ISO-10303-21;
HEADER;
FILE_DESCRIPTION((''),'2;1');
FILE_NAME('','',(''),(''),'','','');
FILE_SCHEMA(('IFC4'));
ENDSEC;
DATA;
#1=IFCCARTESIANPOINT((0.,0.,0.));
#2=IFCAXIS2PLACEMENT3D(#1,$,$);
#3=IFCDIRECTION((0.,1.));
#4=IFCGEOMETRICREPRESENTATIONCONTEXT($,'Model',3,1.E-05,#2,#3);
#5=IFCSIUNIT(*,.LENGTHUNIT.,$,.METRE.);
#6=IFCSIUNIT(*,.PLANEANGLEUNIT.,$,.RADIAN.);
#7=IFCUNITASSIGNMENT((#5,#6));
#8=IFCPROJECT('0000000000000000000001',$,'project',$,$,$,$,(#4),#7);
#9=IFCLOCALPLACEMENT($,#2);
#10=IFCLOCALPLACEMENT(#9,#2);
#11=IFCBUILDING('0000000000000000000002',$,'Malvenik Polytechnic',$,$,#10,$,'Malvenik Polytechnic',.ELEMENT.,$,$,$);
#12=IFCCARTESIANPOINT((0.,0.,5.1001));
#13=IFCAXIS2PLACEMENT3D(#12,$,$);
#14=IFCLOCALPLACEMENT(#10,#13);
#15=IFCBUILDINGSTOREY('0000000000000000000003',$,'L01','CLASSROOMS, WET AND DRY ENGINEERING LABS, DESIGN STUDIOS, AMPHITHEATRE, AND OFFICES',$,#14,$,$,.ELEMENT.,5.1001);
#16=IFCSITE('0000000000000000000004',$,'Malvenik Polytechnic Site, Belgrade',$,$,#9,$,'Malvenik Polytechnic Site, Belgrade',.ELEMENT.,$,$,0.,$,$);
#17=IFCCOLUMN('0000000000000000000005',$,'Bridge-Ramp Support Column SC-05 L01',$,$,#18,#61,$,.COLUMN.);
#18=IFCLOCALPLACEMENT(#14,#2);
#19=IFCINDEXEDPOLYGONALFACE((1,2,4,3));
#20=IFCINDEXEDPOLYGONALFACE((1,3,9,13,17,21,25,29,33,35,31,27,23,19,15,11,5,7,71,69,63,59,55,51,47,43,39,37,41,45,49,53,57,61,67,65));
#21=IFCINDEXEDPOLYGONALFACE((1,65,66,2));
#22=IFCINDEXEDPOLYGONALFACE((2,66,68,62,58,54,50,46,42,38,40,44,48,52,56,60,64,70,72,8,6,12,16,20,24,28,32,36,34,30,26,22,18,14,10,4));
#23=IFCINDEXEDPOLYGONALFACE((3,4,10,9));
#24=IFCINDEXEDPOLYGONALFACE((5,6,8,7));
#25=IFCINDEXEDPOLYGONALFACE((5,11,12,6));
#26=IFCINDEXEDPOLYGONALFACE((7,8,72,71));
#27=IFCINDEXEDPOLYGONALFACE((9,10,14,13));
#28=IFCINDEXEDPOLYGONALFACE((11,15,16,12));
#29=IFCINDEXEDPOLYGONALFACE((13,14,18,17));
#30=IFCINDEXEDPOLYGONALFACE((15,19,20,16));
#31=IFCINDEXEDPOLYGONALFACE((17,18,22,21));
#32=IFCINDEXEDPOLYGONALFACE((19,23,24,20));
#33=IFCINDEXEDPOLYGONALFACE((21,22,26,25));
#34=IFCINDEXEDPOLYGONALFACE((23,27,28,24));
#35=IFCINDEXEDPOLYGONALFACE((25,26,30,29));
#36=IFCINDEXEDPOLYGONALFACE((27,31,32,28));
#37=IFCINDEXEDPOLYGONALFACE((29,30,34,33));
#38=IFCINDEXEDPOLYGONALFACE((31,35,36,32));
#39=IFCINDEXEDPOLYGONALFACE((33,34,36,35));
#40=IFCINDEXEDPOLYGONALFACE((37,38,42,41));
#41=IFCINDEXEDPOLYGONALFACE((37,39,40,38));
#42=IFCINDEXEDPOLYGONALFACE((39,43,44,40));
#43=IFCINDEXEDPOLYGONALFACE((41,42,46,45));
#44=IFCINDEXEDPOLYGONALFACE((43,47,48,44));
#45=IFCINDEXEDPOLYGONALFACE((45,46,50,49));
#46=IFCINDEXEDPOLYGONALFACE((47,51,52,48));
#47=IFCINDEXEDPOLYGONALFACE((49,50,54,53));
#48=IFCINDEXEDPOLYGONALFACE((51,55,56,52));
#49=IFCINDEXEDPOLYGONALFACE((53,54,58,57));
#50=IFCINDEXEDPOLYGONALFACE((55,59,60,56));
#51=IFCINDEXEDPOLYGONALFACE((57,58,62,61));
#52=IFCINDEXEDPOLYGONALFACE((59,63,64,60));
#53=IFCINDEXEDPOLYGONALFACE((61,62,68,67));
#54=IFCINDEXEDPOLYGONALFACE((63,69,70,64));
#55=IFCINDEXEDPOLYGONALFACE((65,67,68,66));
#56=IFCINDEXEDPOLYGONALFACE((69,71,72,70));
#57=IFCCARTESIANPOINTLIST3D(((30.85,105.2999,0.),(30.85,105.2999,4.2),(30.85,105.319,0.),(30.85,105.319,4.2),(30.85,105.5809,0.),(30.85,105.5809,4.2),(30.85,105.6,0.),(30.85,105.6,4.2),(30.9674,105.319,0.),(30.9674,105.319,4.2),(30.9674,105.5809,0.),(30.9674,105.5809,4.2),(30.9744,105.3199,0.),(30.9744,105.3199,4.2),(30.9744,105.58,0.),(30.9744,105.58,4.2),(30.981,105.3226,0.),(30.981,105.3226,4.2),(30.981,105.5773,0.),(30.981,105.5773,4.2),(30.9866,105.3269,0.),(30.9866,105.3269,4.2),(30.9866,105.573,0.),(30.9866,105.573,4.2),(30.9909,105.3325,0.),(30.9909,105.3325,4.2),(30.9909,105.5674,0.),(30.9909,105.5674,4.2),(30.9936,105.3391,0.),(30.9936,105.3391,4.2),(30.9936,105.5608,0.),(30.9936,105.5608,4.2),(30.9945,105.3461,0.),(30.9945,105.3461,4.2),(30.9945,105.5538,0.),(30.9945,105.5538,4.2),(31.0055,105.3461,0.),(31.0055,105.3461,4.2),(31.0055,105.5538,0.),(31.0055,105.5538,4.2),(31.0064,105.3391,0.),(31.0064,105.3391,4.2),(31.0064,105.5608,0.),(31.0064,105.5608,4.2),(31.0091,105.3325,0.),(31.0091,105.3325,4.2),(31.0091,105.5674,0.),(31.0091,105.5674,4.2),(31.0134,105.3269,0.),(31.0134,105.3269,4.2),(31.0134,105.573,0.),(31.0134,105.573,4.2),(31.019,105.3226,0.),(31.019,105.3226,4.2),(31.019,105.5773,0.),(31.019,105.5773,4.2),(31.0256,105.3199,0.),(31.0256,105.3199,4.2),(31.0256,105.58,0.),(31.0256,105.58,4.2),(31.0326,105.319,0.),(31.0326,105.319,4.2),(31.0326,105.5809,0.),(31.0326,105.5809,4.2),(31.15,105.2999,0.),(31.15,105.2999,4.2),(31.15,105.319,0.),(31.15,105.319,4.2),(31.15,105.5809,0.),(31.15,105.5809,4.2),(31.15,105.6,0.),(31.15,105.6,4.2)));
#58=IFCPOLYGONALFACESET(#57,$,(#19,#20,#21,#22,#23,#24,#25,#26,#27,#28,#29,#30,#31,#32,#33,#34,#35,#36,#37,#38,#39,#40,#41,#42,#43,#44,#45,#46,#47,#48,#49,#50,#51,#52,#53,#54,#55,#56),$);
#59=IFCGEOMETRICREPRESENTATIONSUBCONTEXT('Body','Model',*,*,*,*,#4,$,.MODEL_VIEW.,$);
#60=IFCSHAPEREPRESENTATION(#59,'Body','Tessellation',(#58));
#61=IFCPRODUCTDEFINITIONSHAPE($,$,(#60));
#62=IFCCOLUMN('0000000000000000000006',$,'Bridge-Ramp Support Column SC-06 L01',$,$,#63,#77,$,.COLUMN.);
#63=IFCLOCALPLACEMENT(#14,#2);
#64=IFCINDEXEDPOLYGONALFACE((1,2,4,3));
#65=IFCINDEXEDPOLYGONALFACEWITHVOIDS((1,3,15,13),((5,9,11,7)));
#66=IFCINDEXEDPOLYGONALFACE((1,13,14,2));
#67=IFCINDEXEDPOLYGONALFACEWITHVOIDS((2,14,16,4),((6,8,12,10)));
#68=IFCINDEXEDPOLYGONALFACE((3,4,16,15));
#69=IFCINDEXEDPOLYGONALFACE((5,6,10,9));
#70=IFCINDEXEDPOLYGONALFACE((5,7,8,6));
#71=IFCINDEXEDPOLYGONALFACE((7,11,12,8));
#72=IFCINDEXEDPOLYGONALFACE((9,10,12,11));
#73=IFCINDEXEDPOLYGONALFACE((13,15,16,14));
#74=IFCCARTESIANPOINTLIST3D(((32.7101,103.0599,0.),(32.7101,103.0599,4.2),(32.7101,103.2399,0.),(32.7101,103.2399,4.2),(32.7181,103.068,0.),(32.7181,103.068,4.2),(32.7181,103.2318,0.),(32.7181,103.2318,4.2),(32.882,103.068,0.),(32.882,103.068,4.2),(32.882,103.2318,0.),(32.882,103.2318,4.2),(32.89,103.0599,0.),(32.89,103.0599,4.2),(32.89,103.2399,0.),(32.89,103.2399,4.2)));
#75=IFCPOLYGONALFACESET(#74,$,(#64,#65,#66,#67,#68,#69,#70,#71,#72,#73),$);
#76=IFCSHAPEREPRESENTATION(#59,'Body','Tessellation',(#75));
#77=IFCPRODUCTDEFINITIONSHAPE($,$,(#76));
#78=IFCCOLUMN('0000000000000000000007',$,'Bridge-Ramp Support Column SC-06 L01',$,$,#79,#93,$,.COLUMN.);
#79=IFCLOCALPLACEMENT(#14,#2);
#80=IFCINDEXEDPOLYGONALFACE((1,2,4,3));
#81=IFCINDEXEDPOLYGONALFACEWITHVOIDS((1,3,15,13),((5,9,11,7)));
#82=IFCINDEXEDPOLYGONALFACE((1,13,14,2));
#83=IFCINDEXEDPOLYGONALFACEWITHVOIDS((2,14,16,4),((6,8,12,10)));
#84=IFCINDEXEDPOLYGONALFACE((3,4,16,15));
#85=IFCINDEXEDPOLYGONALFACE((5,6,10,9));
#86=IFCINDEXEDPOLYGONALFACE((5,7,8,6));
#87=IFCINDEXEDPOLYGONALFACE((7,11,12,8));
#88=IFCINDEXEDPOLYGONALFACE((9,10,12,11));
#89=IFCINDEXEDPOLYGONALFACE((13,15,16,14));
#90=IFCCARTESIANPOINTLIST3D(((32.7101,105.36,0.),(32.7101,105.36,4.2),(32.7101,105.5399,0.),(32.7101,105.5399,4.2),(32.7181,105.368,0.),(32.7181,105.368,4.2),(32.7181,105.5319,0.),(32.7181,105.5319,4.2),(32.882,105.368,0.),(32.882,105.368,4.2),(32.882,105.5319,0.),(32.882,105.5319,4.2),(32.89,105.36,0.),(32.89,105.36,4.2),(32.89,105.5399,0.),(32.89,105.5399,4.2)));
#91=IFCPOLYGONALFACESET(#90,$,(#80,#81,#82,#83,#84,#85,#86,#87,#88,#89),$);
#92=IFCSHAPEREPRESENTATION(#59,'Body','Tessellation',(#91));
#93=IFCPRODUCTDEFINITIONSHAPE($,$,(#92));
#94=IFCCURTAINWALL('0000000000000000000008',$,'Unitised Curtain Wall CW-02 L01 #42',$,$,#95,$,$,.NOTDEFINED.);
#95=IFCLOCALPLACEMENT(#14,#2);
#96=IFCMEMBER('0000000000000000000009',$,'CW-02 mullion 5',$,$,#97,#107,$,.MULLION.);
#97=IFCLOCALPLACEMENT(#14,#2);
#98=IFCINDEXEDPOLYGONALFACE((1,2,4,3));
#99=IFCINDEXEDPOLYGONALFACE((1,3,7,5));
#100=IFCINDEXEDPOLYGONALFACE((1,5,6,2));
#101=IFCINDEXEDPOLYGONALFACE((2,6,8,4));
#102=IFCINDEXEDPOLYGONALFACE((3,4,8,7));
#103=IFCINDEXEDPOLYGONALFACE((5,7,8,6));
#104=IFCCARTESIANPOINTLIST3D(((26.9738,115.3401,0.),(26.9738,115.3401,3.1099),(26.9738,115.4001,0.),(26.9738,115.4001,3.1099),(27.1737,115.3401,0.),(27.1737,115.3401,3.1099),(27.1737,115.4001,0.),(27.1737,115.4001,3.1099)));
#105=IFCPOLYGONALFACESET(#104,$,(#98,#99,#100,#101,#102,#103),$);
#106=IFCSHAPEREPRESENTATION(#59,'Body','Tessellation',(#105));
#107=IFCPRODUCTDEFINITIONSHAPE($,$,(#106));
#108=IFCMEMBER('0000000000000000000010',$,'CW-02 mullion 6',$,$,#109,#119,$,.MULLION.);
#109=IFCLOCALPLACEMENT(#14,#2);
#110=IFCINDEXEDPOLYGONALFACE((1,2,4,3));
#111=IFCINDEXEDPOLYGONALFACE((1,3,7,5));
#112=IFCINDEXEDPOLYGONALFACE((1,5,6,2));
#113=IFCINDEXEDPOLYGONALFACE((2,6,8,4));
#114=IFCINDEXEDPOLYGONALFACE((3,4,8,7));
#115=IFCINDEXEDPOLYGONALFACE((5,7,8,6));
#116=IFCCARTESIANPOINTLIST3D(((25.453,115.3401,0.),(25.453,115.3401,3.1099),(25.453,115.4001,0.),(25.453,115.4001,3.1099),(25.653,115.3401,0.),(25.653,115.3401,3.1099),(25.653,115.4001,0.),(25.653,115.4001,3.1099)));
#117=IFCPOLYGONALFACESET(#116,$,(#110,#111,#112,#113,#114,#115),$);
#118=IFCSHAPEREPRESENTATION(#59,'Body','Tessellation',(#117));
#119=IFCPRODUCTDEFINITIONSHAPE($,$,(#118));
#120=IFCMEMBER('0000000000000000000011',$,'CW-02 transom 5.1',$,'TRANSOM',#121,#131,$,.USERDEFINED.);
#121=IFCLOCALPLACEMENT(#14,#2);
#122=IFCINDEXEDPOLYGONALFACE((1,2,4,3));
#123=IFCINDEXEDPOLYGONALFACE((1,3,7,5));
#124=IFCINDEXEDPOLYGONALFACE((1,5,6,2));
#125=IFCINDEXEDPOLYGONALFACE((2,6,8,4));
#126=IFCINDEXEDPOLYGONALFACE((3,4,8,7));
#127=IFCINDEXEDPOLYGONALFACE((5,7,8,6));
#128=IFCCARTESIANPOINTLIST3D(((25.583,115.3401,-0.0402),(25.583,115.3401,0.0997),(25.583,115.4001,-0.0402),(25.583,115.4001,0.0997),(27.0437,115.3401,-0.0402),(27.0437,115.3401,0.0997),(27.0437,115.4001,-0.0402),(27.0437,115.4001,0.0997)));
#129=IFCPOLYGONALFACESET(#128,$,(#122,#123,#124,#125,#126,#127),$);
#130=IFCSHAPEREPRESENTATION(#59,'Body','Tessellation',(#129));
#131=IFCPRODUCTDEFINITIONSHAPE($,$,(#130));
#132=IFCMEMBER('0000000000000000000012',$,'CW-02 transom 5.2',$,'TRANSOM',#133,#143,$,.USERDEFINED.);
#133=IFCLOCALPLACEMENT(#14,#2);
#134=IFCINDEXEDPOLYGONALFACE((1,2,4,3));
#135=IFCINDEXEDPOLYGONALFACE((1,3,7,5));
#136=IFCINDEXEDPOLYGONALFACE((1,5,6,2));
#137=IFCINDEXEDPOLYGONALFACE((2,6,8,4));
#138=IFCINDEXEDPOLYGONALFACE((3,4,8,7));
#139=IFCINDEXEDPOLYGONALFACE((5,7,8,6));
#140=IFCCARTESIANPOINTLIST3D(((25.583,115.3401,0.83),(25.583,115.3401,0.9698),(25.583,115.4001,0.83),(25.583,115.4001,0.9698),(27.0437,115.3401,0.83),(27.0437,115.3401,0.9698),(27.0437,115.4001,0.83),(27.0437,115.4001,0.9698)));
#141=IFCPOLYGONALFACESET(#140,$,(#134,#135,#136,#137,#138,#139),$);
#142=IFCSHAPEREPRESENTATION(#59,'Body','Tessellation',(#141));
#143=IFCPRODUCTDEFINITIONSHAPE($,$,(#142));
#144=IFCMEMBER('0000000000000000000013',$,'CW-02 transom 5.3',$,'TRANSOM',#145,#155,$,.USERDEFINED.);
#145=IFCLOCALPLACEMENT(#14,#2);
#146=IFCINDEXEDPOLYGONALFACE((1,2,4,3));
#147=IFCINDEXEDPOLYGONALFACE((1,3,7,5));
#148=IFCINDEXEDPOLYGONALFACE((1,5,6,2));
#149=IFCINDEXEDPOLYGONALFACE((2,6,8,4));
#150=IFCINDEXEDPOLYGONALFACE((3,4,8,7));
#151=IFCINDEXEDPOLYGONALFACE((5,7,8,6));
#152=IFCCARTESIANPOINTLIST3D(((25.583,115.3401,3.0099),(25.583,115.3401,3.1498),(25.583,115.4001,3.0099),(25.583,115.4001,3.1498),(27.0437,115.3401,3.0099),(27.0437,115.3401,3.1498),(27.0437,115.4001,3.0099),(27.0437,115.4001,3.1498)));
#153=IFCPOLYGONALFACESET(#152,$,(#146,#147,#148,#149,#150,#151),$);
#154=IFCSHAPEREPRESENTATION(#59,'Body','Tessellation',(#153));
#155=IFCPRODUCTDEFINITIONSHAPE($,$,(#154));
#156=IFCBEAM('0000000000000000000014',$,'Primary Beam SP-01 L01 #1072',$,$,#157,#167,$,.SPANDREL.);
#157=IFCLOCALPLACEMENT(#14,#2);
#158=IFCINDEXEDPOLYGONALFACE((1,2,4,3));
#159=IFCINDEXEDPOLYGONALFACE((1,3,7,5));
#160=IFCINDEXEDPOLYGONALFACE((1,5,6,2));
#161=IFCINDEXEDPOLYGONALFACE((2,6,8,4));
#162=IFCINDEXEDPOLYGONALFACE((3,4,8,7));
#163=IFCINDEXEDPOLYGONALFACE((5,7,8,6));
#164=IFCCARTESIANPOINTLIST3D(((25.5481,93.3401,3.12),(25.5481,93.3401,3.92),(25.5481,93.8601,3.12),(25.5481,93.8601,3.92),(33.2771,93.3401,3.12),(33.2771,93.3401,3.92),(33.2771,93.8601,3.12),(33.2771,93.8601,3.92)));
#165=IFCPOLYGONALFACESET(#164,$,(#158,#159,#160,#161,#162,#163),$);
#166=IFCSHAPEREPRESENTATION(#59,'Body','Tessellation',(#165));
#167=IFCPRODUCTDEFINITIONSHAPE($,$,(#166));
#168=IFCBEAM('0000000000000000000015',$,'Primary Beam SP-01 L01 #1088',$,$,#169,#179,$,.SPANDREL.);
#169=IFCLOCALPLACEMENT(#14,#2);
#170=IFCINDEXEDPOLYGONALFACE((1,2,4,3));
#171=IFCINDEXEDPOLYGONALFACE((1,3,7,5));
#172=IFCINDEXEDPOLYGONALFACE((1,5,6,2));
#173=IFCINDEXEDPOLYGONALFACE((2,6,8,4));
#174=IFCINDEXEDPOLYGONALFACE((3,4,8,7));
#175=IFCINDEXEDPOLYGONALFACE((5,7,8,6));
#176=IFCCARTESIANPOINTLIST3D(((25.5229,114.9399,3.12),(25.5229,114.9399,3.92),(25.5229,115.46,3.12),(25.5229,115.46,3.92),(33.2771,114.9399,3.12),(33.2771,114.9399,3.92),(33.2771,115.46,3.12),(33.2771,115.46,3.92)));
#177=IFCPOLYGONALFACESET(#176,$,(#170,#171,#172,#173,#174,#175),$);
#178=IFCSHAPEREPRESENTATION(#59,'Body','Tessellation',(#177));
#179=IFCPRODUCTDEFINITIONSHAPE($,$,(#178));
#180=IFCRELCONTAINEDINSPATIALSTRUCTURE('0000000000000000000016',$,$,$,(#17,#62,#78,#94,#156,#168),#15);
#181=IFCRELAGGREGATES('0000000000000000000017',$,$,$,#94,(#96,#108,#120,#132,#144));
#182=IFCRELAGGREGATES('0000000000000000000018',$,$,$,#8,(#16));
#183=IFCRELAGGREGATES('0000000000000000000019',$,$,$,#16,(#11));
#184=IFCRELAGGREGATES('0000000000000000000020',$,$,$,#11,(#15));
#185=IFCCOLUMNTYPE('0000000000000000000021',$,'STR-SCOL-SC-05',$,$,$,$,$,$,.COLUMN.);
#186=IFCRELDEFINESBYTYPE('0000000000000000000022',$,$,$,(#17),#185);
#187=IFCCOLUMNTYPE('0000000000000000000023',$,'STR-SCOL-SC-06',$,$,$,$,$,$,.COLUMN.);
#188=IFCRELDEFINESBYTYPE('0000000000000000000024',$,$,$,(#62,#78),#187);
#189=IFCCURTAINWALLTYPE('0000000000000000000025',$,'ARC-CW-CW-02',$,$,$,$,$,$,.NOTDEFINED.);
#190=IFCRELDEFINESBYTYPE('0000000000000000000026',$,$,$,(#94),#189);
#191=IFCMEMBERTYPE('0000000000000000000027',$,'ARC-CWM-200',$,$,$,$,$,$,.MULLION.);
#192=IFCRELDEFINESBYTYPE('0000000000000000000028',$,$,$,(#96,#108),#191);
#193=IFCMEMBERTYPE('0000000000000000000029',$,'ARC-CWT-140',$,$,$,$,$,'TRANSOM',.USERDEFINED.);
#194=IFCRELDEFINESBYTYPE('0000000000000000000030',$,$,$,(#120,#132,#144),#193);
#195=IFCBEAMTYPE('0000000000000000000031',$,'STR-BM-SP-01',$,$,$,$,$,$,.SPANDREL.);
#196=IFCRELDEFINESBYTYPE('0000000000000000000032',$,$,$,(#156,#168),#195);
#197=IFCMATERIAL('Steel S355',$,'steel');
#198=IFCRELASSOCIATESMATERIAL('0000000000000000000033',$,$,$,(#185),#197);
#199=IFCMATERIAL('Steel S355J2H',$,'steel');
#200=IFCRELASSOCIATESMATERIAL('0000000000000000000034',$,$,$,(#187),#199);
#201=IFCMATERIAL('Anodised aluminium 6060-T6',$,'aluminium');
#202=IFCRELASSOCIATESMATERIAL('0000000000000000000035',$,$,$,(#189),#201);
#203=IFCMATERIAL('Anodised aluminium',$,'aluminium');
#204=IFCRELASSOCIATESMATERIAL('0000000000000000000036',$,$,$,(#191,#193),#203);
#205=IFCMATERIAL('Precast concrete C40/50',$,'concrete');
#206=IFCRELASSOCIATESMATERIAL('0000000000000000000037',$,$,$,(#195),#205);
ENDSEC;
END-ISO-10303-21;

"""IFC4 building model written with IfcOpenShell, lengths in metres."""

from ifc_helpers import new_model, si_unit, direction, frame, origin, origin_2d, place, context, subcontext, project, spatial, rectangle, hollow_rectangle, i_section, extrude, material, material_profile, profile_set, type_object, element, aggregate, save


model = new_model("IFC4")

# Units and contexts
model_context = context("Model", 3, precision=1e-05, world=origin(), true_north=direction((0.0, 1.0)))
body_context = subcontext(model_context, "Body", "Model", "MODEL_VIEW")
ifc_project = project(units=[si_unit("LENGTHUNIT", "METRE"), si_unit("PLANEANGLEUNIT", "RADIAN")], contexts=[model_context])

# Site, building, storey
site_placement = place(None, origin())
site = spatial("IfcSite", under=ifc_project, at=site_placement, Name="Malvenik Polytechnic Site, Belgrade", LongName="Malvenik Polytechnic Site, Belgrade", CompositionType="ELEMENT", RefElevation=0.0)
building_placement = place(site_placement, origin())
building = spatial("IfcBuilding", under=site, at=building_placement, Name="Malvenik Polytechnic", LongName="Malvenik Polytechnic", CompositionType="ELEMENT")
storey_placement = place(building_placement, frame((0.0, 0.0, 5.1001)))
storey = spatial("IfcBuildingStorey", under=building, at=storey_placement, Name="L01", Description="CLASSROOMS, WET AND DRY ENGINEERING LABS, DESIGN STUDIOS, AMPHITHEATRE, AND OFFICES", CompositionType="ELEMENT", Elevation=5.1001)

# Columns
ifc_material_1 = material(Name="Steel S355J2H", Category="steel")
ifc_material_2 = material(Name="Steel S355", Category="steel")
ifc_material_profile_1 = material_profile(ifc_material_2, i_section(OverallWidth=0.3, OverallDepth=0.3, WebThickness=0.011, FlangeThickness=0.019, FilletRadius=0.0271, at=origin_2d()), Name="HEB 300")
ifc_profile_set_1 = profile_set([ifc_material_profile_1], Name="Steel S355")
column_type_1 = type_object("IfcColumnType", Name="STR-SCOL-SC-05", PredefinedType="COLUMN", material=ifc_profile_set_1)
for number, where, z_axis, x_axis, name in (
    (1, (31.0, 105.45, 0.0), (0.0, 0.0, 1.0), (1.0, 0.0, 0.0), "Bridge-Ramp Support Column SC-05 L01"),
):
    element("IfcColumn", number, at=place(storey_placement, frame(where, z_axis=z_axis, x_axis=x_axis)), inside=storey, type_object=column_type_1, Name=name, PredefinedType="COLUMN", context=body_context, shape_type="SweptSolid", body=[
        extrude(i_section(OverallWidth=0.3, OverallDepth=0.3, WebThickness=0.011, FlangeThickness=0.019, FilletRadius=0.0271, at=origin_2d()), origin(), (0.0, 0.0, 1.0), 4.2),
    ])
ifc_material_profile_2 = material_profile(ifc_material_1, hollow_rectangle(XDim=0.1799, YDim=0.1799, WallThickness=0.0081, at=origin_2d()), Name="SHS 180x180x8.0")
ifc_profile_set_2 = profile_set([ifc_material_profile_2], Name="Steel S355J2H")
column_type_2 = type_object("IfcColumnType", Name="STR-SCOL-SC-06", PredefinedType="COLUMN", material=ifc_profile_set_2)
for number, where, z_axis, x_axis, name in (
    (2, (32.8, 103.1499, 0.0), (0.0, 0.0, 1.0), (1.0, 0.0, 0.0), "Bridge-Ramp Support Column SC-06 L01"),
    (3, (32.8, 105.45, 0.0), (0.0, 0.0, 1.0), (1.0, 0.0, 0.0), "Bridge-Ramp Support Column SC-06 L01"),
):
    element("IfcColumn", number, at=place(storey_placement, frame(where, z_axis=z_axis, x_axis=x_axis)), inside=storey, type_object=column_type_2, Name=name, PredefinedType="COLUMN", context=body_context, shape_type="SweptSolid", body=[
        extrude(hollow_rectangle(XDim=0.1799, YDim=0.1799, WallThickness=0.0081, at=origin_2d()), origin(), (0.0, 0.0, 1.0), 4.2),
    ])

# Curtain wall, members
ifc_material_3 = material(Name="Anodised aluminium 6060-T6", Category="aluminium")
curtain_wall_type = type_object("IfcCurtainWallType", Name="ARC-CW-CW-02", PredefinedType="NOTDEFINED", material=ifc_material_3)
curtain_wall_placement = place(storey_placement, origin())
curtain_wall = element("IfcCurtainWall", 4, at=curtain_wall_placement, inside=storey, type_object=curtain_wall_type, Name="Unitised Curtain Wall CW-02 L01 #42", PredefinedType="NOTDEFINED")
ifc_material_4 = material(Name="Anodised aluminium", Category="aluminium")
ifc_material_profile_3 = material_profile(ifc_material_4, rectangle(XDim=0.0601, YDim=0.2, at=origin_2d()), Name="ALU MULLION 60x200")
ifc_profile_set_3 = profile_set([ifc_material_profile_3], Name="Anodised aluminium")
member_type_1 = type_object("IfcMemberType", Name="ARC-CWM-200", PredefinedType="MULLION", material=ifc_profile_set_3)
member_1_placement = place(storey_placement, frame((27.0737, 115.3701, 0.0), z_axis=(0.0, 0.0, 1.0), x_axis=(0.0, -1.0, 0.0)))
member_1 = element("IfcMember", 5, at=member_1_placement, type_object=member_type_1, Name="CW-02 mullion 5", PredefinedType="MULLION", context=body_context, shape_type="SweptSolid", body=[
    extrude(rectangle(XDim=0.0601, YDim=0.2, at=origin_2d()), origin(), (0.0, 0.0, 1.0), 3.1099),
])
member_2_placement = place(storey_placement, frame((25.553, 115.3701, 0.0), z_axis=(0.0, 0.0, 1.0), x_axis=(0.0, -1.0, 0.0)))
member_2 = element("IfcMember", 6, at=member_2_placement, type_object=member_type_1, Name="CW-02 mullion 6", PredefinedType="MULLION", context=body_context, shape_type="SweptSolid", body=[
    extrude(rectangle(XDim=0.0601, YDim=0.2, at=origin_2d()), origin(), (0.0, 0.0, 1.0), 3.1099),
])
ifc_material_profile_4 = material_profile(ifc_material_4, rectangle(XDim=0.0601, YDim=0.1399, at=origin_2d()), Name="ALU TRANSOM 60x140")
ifc_profile_set_4 = profile_set([ifc_material_profile_4], Name="Anodised aluminium")
member_type_2 = type_object("IfcMemberType", Name="ARC-CWT-140", ElementType="TRANSOM", PredefinedType="USERDEFINED", material=ifc_profile_set_4)
member_3_placement = place(storey_placement, frame((27.0437, 115.3701, 0.0298), z_axis=(-1.0, 0.0, 0.0), x_axis=(0.0, -1.0, 0.0)))
member_3 = element("IfcMember", 7, at=member_3_placement, type_object=member_type_2, Name="CW-02 transom 5.1", ObjectType="TRANSOM", PredefinedType="USERDEFINED", context=body_context, shape_type="SweptSolid", body=[
    extrude(rectangle(XDim=0.0601, YDim=0.1399, at=origin_2d()), origin(), (0.0, 0.0, 1.0), 1.4607),
])
member_4_placement = place(storey_placement, frame((27.0437, 115.3701, 0.8999), z_axis=(-1.0, 0.0, 0.0), x_axis=(0.0, -1.0, 0.0)))
member_4 = element("IfcMember", 8, at=member_4_placement, type_object=member_type_2, Name="CW-02 transom 5.2", ObjectType="TRANSOM", PredefinedType="USERDEFINED", context=body_context, shape_type="SweptSolid", body=[
    extrude(rectangle(XDim=0.0601, YDim=0.1399, at=origin_2d()), origin(), (0.0, 0.0, 1.0), 1.4607),
])
member_5_placement = place(storey_placement, frame((27.0437, 115.3701, 3.0798), z_axis=(-1.0, 0.0, 0.0), x_axis=(0.0, -1.0, 0.0)))
member_5 = element("IfcMember", 9, at=member_5_placement, type_object=member_type_2, Name="CW-02 transom 5.3", ObjectType="TRANSOM", PredefinedType="USERDEFINED", context=body_context, shape_type="SweptSolid", body=[
    extrude(rectangle(XDim=0.0601, YDim=0.1399, at=origin_2d()), origin(), (0.0, 0.0, 1.0), 1.4607),
])

# Beams
ifc_material_5 = material(Name="Precast concrete C40/50", Category="concrete")
ifc_material_profile_5 = material_profile(ifc_material_5, rectangle(XDim=0.52, YDim=0.8, at=origin_2d()), Name="PC SPN 520x800")
ifc_profile_set_5 = profile_set([ifc_material_profile_5], Name="Precast concrete C40/50")
beam_type = type_object("IfcBeamType", Name="STR-BM-SP-01", PredefinedType="SPANDREL", material=ifc_profile_set_5)
beam_1_placement = place(storey_placement, frame((25.5481, 93.6001, 3.52), z_axis=(1.0, 0.0, 0.0), x_axis=(0.0, 1.0, 0.0)))
element("IfcBeam", 10, at=beam_1_placement, inside=storey, type_object=beam_type, Name="Primary Beam SP-01 L01 #1072", PredefinedType="SPANDREL", context=body_context, shape_type="SweptSolid", body=[
    extrude(rectangle(XDim=0.52, YDim=0.8, at=origin_2d()), origin(), (0.0, 0.0, 1.0), 7.729),
])
beam_2_placement = place(storey_placement, frame((25.5229, 115.2, 3.52), z_axis=(1.0, 0.0, 0.0), x_axis=(0.0, 1.0, 0.0)))
element("IfcBeam", 11, at=beam_2_placement, inside=storey, type_object=beam_type, Name="Primary Beam SP-01 L01 #1088", PredefinedType="SPANDREL", context=body_context, shape_type="SweptSolid", body=[
    extrude(rectangle(XDim=0.52, YDim=0.8, at=origin_2d()), origin(), (0.0, 0.0, 1.0), 7.7542),
])

aggregate(curtain_wall, [member_1, member_2, member_3, member_4, member_5])

save(model, "model.ifc")
